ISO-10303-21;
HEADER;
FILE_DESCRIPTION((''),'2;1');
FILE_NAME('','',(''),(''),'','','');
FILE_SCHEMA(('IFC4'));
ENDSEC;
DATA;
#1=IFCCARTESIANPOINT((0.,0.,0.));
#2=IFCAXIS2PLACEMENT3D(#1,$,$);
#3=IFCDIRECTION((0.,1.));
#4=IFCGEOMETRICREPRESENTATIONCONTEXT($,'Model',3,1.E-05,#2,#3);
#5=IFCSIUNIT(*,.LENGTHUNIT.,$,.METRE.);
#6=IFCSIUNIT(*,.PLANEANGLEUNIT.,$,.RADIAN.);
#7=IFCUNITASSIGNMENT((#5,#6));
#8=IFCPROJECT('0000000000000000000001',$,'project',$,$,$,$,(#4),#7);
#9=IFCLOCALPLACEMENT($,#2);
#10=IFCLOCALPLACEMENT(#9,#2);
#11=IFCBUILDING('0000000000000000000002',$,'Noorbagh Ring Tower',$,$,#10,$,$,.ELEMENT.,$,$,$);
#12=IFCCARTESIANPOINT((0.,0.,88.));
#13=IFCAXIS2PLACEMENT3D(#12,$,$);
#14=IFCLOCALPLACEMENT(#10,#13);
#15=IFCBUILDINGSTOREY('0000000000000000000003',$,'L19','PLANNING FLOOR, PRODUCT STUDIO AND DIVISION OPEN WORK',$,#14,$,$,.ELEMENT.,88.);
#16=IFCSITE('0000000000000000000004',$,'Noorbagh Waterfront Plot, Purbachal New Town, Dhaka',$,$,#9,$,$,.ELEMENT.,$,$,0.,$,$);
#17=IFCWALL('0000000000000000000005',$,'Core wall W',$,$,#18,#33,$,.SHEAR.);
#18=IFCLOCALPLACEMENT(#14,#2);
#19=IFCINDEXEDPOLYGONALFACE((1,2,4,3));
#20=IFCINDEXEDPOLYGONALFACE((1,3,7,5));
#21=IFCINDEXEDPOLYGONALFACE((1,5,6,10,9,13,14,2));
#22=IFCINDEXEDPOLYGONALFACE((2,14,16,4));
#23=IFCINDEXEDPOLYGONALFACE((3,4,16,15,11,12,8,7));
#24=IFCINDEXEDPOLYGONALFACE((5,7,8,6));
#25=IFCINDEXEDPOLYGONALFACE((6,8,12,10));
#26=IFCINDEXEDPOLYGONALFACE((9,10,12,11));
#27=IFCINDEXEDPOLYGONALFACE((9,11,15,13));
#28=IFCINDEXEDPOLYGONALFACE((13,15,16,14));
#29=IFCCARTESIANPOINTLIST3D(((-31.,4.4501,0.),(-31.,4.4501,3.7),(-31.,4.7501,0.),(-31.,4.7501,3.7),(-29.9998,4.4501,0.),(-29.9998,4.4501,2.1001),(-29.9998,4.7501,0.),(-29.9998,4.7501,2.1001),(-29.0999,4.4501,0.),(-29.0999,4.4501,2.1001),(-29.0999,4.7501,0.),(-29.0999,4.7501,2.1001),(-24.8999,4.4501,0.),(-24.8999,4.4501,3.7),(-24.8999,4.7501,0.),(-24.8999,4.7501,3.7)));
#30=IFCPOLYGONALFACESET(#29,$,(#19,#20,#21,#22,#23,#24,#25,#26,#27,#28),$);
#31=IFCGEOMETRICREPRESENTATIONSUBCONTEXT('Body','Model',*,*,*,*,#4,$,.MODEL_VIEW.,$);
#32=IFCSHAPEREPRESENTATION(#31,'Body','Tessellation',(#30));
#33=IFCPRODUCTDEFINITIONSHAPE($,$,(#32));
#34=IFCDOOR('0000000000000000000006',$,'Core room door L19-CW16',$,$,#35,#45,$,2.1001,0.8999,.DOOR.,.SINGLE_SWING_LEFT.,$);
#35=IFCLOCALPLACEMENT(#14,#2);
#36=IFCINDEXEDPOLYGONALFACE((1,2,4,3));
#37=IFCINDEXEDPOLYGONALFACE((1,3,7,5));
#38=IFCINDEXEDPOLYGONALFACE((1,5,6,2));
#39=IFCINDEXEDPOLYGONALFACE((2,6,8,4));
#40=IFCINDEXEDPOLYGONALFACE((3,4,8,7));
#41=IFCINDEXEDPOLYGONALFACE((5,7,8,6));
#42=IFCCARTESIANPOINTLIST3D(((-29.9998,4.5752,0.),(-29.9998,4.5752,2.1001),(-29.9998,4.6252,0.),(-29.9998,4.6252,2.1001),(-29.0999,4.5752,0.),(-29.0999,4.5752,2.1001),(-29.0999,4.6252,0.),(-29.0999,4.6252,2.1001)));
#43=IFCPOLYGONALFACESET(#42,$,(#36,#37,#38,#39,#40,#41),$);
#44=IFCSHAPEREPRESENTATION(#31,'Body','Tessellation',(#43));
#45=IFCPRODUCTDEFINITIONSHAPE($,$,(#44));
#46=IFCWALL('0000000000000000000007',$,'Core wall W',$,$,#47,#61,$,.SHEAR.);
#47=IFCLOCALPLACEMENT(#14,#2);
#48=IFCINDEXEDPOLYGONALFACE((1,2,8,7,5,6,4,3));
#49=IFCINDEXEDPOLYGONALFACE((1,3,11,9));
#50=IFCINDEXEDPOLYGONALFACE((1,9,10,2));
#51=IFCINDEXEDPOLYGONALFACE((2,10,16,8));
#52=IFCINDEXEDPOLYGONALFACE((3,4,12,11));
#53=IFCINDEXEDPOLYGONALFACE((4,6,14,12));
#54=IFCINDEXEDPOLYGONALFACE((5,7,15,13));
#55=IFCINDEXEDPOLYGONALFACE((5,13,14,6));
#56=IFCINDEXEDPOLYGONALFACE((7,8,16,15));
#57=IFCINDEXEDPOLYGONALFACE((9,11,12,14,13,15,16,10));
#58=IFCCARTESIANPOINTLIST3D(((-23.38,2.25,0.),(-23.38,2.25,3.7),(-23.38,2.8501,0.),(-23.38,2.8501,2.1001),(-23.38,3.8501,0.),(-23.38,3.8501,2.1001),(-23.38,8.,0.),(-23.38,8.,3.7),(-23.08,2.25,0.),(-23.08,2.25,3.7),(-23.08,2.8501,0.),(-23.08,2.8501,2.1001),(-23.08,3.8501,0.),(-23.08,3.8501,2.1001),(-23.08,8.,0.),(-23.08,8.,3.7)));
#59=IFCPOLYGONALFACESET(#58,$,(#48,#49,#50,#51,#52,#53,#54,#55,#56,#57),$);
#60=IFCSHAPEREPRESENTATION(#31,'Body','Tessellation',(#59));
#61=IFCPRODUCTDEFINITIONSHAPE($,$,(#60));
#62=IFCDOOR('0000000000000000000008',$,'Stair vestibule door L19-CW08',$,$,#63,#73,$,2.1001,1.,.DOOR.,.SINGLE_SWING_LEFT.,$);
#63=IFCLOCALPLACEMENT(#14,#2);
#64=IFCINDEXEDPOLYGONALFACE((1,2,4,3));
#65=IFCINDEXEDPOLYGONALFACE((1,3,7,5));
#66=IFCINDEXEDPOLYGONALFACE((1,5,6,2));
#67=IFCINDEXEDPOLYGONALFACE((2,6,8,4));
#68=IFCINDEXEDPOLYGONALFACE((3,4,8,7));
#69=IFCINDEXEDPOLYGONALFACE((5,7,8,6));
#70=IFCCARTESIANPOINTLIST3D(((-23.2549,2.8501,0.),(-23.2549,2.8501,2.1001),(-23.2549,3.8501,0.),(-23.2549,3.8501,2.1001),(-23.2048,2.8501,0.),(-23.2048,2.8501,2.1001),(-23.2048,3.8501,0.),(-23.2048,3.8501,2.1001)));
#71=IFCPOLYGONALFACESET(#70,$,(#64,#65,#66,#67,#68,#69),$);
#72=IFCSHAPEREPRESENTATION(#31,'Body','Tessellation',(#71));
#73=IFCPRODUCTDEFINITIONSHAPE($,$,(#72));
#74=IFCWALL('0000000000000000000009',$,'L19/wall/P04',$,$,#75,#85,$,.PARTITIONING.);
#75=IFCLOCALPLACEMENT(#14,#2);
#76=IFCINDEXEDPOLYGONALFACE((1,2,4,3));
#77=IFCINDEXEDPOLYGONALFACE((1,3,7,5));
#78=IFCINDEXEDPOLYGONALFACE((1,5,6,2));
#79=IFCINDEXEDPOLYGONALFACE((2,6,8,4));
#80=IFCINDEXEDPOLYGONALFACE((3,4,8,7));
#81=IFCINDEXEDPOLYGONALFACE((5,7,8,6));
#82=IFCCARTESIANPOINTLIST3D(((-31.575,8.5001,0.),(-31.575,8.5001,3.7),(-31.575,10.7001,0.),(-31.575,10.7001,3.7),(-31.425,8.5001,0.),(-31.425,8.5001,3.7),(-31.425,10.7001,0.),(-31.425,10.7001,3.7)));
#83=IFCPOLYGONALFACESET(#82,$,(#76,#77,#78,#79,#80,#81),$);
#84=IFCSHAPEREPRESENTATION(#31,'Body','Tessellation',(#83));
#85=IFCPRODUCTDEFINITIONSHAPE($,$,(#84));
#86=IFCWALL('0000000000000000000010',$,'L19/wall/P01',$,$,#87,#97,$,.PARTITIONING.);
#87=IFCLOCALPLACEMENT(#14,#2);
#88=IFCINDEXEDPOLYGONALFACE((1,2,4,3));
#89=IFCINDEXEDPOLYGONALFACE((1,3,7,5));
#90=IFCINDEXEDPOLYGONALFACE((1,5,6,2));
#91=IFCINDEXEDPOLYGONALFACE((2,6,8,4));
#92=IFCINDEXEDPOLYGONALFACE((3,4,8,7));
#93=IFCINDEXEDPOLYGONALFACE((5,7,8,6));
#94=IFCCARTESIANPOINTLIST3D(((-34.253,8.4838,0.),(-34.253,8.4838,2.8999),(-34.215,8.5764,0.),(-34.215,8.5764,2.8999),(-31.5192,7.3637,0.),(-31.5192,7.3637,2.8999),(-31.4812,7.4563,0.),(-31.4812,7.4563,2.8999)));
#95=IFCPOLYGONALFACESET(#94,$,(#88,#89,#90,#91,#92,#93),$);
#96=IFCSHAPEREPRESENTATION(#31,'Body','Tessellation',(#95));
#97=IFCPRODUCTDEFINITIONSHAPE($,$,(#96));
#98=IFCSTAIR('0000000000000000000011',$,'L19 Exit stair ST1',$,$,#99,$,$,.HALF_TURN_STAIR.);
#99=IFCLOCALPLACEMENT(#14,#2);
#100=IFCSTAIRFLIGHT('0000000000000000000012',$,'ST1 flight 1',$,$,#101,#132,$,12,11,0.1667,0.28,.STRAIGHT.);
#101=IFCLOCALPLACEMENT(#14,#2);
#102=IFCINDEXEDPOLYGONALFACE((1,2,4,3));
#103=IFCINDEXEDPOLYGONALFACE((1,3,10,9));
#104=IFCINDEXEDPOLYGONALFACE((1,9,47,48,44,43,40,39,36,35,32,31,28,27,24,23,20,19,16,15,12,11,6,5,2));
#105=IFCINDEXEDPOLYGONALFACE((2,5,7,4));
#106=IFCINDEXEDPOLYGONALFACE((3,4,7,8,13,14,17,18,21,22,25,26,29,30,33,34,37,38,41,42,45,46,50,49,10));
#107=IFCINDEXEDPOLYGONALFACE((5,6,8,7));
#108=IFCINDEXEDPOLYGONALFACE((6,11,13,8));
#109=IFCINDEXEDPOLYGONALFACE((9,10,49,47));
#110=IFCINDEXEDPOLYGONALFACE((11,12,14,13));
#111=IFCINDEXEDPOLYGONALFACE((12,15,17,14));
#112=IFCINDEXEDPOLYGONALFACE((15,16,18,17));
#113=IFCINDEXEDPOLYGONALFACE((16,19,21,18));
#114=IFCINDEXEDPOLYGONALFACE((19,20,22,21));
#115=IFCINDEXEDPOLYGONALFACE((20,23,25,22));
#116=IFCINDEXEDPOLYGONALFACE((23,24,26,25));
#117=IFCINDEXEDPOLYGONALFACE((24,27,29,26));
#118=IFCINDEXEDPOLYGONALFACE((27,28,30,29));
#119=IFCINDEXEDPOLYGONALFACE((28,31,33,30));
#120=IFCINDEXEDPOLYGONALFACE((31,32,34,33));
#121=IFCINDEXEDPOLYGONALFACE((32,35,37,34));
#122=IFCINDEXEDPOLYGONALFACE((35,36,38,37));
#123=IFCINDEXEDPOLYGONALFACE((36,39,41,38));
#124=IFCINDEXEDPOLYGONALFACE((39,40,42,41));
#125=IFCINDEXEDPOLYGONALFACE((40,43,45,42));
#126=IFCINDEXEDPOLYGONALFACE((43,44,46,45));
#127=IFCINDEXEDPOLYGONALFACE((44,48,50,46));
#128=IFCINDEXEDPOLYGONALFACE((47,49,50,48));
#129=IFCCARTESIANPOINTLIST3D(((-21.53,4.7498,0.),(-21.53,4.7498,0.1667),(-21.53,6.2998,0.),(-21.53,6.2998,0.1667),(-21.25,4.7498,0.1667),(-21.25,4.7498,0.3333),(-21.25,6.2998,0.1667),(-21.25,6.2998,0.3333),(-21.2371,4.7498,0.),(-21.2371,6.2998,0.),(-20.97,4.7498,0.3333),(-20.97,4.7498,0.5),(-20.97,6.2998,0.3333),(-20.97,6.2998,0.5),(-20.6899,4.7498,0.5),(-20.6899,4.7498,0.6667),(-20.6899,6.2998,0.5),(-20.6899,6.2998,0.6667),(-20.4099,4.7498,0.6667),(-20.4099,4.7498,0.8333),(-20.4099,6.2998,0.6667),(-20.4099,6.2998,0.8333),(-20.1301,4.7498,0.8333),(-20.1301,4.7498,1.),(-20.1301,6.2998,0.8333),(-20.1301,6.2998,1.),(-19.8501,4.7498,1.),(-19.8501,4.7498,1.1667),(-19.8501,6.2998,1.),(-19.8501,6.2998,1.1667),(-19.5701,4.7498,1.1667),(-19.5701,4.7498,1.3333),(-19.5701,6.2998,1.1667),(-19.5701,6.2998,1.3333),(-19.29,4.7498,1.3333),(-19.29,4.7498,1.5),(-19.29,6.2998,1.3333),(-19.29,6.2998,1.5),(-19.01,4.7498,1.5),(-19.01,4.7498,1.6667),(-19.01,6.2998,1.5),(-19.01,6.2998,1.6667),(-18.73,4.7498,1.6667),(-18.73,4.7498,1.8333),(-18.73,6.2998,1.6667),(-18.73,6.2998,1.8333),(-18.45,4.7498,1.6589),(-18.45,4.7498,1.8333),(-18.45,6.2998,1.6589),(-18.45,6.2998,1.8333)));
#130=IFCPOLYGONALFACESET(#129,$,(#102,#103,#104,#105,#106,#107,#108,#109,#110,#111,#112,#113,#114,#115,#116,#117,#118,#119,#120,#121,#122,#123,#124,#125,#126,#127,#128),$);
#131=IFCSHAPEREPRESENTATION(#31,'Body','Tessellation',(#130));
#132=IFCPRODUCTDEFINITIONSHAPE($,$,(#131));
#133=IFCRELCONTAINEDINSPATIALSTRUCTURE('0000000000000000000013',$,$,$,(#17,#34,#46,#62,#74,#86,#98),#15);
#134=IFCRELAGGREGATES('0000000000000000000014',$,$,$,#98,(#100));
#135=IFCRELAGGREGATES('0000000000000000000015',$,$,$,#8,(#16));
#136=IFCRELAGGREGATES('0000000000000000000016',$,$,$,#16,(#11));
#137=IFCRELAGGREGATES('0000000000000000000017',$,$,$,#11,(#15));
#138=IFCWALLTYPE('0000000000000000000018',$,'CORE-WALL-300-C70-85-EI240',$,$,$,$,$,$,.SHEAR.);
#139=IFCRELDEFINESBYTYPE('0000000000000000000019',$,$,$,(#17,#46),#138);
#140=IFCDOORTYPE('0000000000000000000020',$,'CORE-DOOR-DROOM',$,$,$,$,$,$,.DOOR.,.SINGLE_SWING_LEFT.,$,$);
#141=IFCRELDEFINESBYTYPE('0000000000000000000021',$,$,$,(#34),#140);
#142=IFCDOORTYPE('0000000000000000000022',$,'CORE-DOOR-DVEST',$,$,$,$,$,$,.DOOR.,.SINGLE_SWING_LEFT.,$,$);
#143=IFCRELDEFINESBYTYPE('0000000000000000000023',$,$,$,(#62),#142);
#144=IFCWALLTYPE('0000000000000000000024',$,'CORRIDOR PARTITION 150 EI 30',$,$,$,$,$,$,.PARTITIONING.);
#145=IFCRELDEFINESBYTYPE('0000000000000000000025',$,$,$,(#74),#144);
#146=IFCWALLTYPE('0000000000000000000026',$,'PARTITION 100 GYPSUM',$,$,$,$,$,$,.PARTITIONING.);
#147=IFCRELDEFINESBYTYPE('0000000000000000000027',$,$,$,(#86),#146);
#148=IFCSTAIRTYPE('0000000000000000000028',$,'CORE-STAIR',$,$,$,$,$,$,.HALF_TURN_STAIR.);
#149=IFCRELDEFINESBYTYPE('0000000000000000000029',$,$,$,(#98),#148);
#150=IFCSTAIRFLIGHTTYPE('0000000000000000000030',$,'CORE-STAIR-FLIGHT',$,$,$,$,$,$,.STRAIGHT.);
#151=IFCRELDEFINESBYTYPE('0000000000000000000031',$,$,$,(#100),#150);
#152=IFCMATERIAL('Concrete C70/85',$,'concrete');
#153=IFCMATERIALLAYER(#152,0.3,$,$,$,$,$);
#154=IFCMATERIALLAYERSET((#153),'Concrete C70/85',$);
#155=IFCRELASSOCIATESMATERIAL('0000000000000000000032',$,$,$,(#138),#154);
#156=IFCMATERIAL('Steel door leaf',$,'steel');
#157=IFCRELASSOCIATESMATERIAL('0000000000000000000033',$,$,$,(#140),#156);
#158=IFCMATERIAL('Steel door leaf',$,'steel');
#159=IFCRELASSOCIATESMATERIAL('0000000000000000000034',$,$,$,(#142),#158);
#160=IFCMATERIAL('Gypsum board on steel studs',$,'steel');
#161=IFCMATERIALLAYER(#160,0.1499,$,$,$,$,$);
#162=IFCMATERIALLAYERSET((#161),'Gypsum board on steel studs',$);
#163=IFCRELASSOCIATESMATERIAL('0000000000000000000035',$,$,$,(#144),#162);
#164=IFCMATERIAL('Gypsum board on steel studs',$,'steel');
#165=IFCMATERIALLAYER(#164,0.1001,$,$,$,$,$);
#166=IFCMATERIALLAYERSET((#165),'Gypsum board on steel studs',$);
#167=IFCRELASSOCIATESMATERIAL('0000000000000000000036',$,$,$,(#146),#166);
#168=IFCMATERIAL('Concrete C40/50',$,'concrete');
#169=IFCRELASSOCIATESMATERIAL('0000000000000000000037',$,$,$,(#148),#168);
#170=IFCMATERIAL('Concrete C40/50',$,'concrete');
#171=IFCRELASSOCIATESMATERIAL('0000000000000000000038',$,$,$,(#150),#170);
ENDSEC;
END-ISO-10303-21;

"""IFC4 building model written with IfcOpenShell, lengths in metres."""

from ifc_helpers import new_model, si_unit, direction, frame, frame_2d, origin, place, context, subcontext, project, spatial, polyline, rectangle, outline, extrude, material, layer, layer_set, type_object, element, fill, aggregate, save


model = new_model("IFC4")

# Units and contexts
model_context = context("Model", 3, precision=1e-05, world=origin(), true_north=direction((0.0, 1.0)))
body_context = subcontext(model_context, "Body", "Model", "MODEL_VIEW")
ifc_project = project(units=[si_unit("LENGTHUNIT", "METRE"), si_unit("PLANEANGLEUNIT", "RADIAN")], contexts=[model_context])

# Site, building, storey
site_placement = place(None, origin())
site = spatial("IfcSite", under=ifc_project, at=site_placement, Name="Noorbagh Waterfront Plot, Purbachal New Town, Dhaka", CompositionType="ELEMENT", RefElevation=0.0)
building_placement = place(site_placement, origin())
building = spatial("IfcBuilding", under=site, at=building_placement, Name="Noorbagh Ring Tower", CompositionType="ELEMENT")
storey_placement = place(building_placement, frame((0.0, 0.0, 88.0)))
storey = spatial("IfcBuildingStorey", under=building, at=storey_placement, Name="L19", Description="PLANNING FLOOR, PRODUCT STUDIO AND DIVISION OPEN WORK", CompositionType="ELEMENT", Elevation=88.0)

# Walls, openings, doors
ifc_material_1 = material(Name="Concrete C70/85", Category="concrete")
ifc_layer_1 = layer(ifc_material_1, 0.3)
ifc_layer_set_1 = layer_set([ifc_layer_1], Name="Concrete C70/85")
wall_type_1 = type_object("IfcWallType", Name="CORE-WALL-300-C70-85-EI240", PredefinedType="SHEAR", material=ifc_layer_set_1)
wall_1_placement = place(storey_placement, frame((-24.8999, 4.6001, 0.0), z_axis=(0.0, 0.0, 1.0), x_axis=(-1.0, 0.0, 0.0)))
wall_1 = element("IfcWall", 1, at=wall_1_placement, inside=storey, type_object=wall_type_1, Name="Core wall W", PredefinedType="SHEAR", context=body_context, shape_type="SweptSolid", body=[
    extrude(rectangle(XDim=6.1001, YDim=0.3, at=frame_2d((3.05, 0.0))), origin(), (0.0, 0.0, 1.0), 3.7),
])
opening_1_placement = place(wall_1_placement, frame((4.2, 0.0, 0.0)))
opening_1 = element("IfcOpeningElement", 2, at=opening_1_placement, cuts=wall_1, PredefinedType="OPENING", context=body_context, shape_type="SweptSolid", body=[
    extrude(rectangle(XDim=0.8999, YDim=2.1001, at=frame_2d((0.45, 1.05))), frame((0.0, 0.1602, 0.0), z_axis=(0.0, -1.0, 0.0), x_axis=(1.0, 0.0, 0.0)), (0.0, 0.0, 1.0), 0.3201),
])
ifc_material_2 = material(Name="Steel door leaf", Category="steel")
door_type_1 = type_object("IfcDoorType", Name="CORE-DOOR-DROOM", OperationType="SINGLE_SWING_LEFT", PredefinedType="DOOR", material=ifc_material_2)
door_1_placement = place(opening_1_placement, origin())
door_1 = element("IfcDoor", 3, at=door_1_placement, inside=storey, type_object=door_type_1, Name="Core room door L19-CW16", OperationType="SINGLE_SWING_LEFT", OverallHeight=2.1001, OverallWidth=0.8999, PredefinedType="DOOR", context=body_context, shape_type="SweptSolid", body=[
    extrude(rectangle(XDim=0.8999, YDim=2.1001, at=frame_2d((0.45, 1.05))), frame((0.0, 0.0249, 0.0), z_axis=(0.0, -1.0, 0.0), x_axis=(1.0, 0.0, 0.0)), (0.0, 0.0, 1.0), 0.05),
])
fill(opening_1, door_1)
wall_2_placement = place(storey_placement, frame((-23.23, 2.25, 0.0), z_axis=(0.0, 0.0, 1.0), x_axis=(0.0, 1.0, 0.0)))
wall_2 = element("IfcWall", 4, at=wall_2_placement, inside=storey, type_object=wall_type_1, Name="Core wall W", PredefinedType="SHEAR", context=body_context, shape_type="SweptSolid", body=[
    extrude(rectangle(XDim=5.75, YDim=0.3, at=frame_2d((2.875, 0.0))), origin(), (0.0, 0.0, 1.0), 3.7),
])
opening_2_placement = place(wall_2_placement, frame((0.6001, 0.0, 0.0)))
opening_2 = element("IfcOpeningElement", 5, at=opening_2_placement, cuts=wall_2, PredefinedType="OPENING", context=body_context, shape_type="SweptSolid", body=[
    extrude(rectangle(XDim=1.0, YDim=2.1001, at=frame_2d((0.5, 1.05))), frame((0.0, 0.1602, 0.0), z_axis=(0.0, -1.0, 0.0), x_axis=(1.0, 0.0, 0.0)), (0.0, 0.0, 1.0), 0.3201),
])
ifc_material_3 = material(Name="Steel door leaf", Category="steel")
door_type_2 = type_object("IfcDoorType", Name="CORE-DOOR-DVEST", OperationType="SINGLE_SWING_LEFT", PredefinedType="DOOR", material=ifc_material_3)
door_2_placement = place(opening_2_placement, origin())
door_2 = element("IfcDoor", 6, at=door_2_placement, inside=storey, type_object=door_type_2, Name="Stair vestibule door L19-CW08", OperationType="SINGLE_SWING_LEFT", OverallHeight=2.1001, OverallWidth=1.0, PredefinedType="DOOR", context=body_context, shape_type="SweptSolid", body=[
    extrude(rectangle(XDim=1.0, YDim=2.1001, at=frame_2d((0.5, 1.05))), frame((0.0, 0.0249, 0.0), z_axis=(0.0, -1.0, 0.0), x_axis=(1.0, 0.0, 0.0)), (0.0, 0.0, 1.0), 0.05),
])
fill(opening_2, door_2)

# Walls
ifc_material_4 = material(Name="Gypsum board on steel studs", Category="steel")
ifc_layer_2 = layer(ifc_material_4, 0.1499)
ifc_layer_set_2 = layer_set([ifc_layer_2], Name="Gypsum board on steel studs")
wall_type_2 = type_object("IfcWallType", Name="CORRIDOR PARTITION 150 EI 30", PredefinedType="PARTITIONING", material=ifc_layer_set_2)
wall_3_placement = place(storey_placement, frame((-31.5, 8.5, 0.0), z_axis=(0.0, 0.0, 1.0), x_axis=(0.0, 1.0, 0.0)))
element("IfcWall", 7, at=wall_3_placement, inside=storey, type_object=wall_type_2, Name="L19/wall/P04", PredefinedType="PARTITIONING", context=body_context, shape_type="SweptSolid", body=[
    extrude(rectangle(XDim=2.2, YDim=0.1499, at=frame_2d((1.1001, 0.0))), origin(), (0.0, 0.0, 1.0), 3.7),
])
ifc_material_5 = material(Name="Gypsum board on steel studs", Category="steel")
ifc_layer_3 = layer(ifc_material_5, 0.1001)
ifc_layer_set_3 = layer_set([ifc_layer_3], Name="Gypsum board on steel studs")
wall_type_3 = type_object("IfcWallType", Name="PARTITION 100 GYPSUM", PredefinedType="PARTITIONING", material=ifc_layer_set_3)
wall_4_placement = place(storey_placement, frame((-34.2339, 8.53, 0.0), z_axis=(0.0, 0.0, 1.0), x_axis=(0.925344, -0.379128, 0.0)))
element("IfcWall", 8, at=wall_4_placement, inside=storey, type_object=wall_type_3, Name="L19/wall/P01", PredefinedType="PARTITIONING", context=body_context, shape_type="SweptSolid", body=[
    extrude(rectangle(XDim=2.9543, YDim=0.1001, at=frame_2d((1.4771, 0.0))), origin(), (0.0, 0.0, 1.0), 2.8999),
])

# Stair, stair flight
ifc_material_6 = material(Name="Concrete C40/50", Category="concrete")
stair_type = type_object("IfcStairType", Name="CORE-STAIR", PredefinedType="HALF_TURN_STAIR", material=ifc_material_6)
stair_placement = place(storey_placement, origin())
stair = element("IfcStair", 9, at=stair_placement, inside=storey, type_object=stair_type, Name="L19 Exit stair ST1", PredefinedType="HALF_TURN_STAIR")
ifc_material_7 = material(Name="Concrete C40/50", Category="concrete")
stair_flight_type = type_object("IfcStairFlightType", Name="CORE-STAIR-FLIGHT", PredefinedType="STRAIGHT", material=ifc_material_7)
stair_flight_placement = place(storey_placement, frame((-21.53, 5.5249, 0.0), z_axis=(0.0, 0.0, 1.0), x_axis=(1.0, 0.0, 0.0)))
stair_flight = element("IfcStairFlight", 10, at=stair_flight_placement, type_object=stair_flight_type, Name="ST1 flight 1", NumberOfRisers=12, NumberOfTreads=11, PredefinedType="STRAIGHT", RiserHeight=0.1667, TreadLength=0.28, context=body_context, shape_type="SweptSolid", body=[
    extrude(outline(polyline([(0.0, 0.0), (0.0, 0.1667), (0.28, 0.1667), (0.28, 0.3333), (0.5601, 0.3333), (0.5601, 0.5), (0.8401, 0.5), (0.8401, 0.6667), (1.1201, 0.6667), (1.1201, 0.8333), (1.3999, 0.8333), (1.3999, 1.0), (1.6799, 1.0), (1.6799, 1.1667), (1.96, 1.1667), (1.96, 1.3333), (2.24, 1.3333), (2.24, 1.5), (2.52, 1.5), (2.52, 1.6667), (2.8, 1.6667), (2.8, 1.8333), (3.0801, 1.8333), (3.0801, 2.0), (3.0801, 1.6589), (0.293, 0.0), (0.0, 0.0)])), frame((0.0, 0.7749, 0.0), z_axis=(0.0, -1.0, 0.0), x_axis=(1.0, 0.0, 0.0)), (0.0, 0.0, 1.0), 1.55),
])
aggregate(stair, [stair_flight])

save(model, "model.ifc")
